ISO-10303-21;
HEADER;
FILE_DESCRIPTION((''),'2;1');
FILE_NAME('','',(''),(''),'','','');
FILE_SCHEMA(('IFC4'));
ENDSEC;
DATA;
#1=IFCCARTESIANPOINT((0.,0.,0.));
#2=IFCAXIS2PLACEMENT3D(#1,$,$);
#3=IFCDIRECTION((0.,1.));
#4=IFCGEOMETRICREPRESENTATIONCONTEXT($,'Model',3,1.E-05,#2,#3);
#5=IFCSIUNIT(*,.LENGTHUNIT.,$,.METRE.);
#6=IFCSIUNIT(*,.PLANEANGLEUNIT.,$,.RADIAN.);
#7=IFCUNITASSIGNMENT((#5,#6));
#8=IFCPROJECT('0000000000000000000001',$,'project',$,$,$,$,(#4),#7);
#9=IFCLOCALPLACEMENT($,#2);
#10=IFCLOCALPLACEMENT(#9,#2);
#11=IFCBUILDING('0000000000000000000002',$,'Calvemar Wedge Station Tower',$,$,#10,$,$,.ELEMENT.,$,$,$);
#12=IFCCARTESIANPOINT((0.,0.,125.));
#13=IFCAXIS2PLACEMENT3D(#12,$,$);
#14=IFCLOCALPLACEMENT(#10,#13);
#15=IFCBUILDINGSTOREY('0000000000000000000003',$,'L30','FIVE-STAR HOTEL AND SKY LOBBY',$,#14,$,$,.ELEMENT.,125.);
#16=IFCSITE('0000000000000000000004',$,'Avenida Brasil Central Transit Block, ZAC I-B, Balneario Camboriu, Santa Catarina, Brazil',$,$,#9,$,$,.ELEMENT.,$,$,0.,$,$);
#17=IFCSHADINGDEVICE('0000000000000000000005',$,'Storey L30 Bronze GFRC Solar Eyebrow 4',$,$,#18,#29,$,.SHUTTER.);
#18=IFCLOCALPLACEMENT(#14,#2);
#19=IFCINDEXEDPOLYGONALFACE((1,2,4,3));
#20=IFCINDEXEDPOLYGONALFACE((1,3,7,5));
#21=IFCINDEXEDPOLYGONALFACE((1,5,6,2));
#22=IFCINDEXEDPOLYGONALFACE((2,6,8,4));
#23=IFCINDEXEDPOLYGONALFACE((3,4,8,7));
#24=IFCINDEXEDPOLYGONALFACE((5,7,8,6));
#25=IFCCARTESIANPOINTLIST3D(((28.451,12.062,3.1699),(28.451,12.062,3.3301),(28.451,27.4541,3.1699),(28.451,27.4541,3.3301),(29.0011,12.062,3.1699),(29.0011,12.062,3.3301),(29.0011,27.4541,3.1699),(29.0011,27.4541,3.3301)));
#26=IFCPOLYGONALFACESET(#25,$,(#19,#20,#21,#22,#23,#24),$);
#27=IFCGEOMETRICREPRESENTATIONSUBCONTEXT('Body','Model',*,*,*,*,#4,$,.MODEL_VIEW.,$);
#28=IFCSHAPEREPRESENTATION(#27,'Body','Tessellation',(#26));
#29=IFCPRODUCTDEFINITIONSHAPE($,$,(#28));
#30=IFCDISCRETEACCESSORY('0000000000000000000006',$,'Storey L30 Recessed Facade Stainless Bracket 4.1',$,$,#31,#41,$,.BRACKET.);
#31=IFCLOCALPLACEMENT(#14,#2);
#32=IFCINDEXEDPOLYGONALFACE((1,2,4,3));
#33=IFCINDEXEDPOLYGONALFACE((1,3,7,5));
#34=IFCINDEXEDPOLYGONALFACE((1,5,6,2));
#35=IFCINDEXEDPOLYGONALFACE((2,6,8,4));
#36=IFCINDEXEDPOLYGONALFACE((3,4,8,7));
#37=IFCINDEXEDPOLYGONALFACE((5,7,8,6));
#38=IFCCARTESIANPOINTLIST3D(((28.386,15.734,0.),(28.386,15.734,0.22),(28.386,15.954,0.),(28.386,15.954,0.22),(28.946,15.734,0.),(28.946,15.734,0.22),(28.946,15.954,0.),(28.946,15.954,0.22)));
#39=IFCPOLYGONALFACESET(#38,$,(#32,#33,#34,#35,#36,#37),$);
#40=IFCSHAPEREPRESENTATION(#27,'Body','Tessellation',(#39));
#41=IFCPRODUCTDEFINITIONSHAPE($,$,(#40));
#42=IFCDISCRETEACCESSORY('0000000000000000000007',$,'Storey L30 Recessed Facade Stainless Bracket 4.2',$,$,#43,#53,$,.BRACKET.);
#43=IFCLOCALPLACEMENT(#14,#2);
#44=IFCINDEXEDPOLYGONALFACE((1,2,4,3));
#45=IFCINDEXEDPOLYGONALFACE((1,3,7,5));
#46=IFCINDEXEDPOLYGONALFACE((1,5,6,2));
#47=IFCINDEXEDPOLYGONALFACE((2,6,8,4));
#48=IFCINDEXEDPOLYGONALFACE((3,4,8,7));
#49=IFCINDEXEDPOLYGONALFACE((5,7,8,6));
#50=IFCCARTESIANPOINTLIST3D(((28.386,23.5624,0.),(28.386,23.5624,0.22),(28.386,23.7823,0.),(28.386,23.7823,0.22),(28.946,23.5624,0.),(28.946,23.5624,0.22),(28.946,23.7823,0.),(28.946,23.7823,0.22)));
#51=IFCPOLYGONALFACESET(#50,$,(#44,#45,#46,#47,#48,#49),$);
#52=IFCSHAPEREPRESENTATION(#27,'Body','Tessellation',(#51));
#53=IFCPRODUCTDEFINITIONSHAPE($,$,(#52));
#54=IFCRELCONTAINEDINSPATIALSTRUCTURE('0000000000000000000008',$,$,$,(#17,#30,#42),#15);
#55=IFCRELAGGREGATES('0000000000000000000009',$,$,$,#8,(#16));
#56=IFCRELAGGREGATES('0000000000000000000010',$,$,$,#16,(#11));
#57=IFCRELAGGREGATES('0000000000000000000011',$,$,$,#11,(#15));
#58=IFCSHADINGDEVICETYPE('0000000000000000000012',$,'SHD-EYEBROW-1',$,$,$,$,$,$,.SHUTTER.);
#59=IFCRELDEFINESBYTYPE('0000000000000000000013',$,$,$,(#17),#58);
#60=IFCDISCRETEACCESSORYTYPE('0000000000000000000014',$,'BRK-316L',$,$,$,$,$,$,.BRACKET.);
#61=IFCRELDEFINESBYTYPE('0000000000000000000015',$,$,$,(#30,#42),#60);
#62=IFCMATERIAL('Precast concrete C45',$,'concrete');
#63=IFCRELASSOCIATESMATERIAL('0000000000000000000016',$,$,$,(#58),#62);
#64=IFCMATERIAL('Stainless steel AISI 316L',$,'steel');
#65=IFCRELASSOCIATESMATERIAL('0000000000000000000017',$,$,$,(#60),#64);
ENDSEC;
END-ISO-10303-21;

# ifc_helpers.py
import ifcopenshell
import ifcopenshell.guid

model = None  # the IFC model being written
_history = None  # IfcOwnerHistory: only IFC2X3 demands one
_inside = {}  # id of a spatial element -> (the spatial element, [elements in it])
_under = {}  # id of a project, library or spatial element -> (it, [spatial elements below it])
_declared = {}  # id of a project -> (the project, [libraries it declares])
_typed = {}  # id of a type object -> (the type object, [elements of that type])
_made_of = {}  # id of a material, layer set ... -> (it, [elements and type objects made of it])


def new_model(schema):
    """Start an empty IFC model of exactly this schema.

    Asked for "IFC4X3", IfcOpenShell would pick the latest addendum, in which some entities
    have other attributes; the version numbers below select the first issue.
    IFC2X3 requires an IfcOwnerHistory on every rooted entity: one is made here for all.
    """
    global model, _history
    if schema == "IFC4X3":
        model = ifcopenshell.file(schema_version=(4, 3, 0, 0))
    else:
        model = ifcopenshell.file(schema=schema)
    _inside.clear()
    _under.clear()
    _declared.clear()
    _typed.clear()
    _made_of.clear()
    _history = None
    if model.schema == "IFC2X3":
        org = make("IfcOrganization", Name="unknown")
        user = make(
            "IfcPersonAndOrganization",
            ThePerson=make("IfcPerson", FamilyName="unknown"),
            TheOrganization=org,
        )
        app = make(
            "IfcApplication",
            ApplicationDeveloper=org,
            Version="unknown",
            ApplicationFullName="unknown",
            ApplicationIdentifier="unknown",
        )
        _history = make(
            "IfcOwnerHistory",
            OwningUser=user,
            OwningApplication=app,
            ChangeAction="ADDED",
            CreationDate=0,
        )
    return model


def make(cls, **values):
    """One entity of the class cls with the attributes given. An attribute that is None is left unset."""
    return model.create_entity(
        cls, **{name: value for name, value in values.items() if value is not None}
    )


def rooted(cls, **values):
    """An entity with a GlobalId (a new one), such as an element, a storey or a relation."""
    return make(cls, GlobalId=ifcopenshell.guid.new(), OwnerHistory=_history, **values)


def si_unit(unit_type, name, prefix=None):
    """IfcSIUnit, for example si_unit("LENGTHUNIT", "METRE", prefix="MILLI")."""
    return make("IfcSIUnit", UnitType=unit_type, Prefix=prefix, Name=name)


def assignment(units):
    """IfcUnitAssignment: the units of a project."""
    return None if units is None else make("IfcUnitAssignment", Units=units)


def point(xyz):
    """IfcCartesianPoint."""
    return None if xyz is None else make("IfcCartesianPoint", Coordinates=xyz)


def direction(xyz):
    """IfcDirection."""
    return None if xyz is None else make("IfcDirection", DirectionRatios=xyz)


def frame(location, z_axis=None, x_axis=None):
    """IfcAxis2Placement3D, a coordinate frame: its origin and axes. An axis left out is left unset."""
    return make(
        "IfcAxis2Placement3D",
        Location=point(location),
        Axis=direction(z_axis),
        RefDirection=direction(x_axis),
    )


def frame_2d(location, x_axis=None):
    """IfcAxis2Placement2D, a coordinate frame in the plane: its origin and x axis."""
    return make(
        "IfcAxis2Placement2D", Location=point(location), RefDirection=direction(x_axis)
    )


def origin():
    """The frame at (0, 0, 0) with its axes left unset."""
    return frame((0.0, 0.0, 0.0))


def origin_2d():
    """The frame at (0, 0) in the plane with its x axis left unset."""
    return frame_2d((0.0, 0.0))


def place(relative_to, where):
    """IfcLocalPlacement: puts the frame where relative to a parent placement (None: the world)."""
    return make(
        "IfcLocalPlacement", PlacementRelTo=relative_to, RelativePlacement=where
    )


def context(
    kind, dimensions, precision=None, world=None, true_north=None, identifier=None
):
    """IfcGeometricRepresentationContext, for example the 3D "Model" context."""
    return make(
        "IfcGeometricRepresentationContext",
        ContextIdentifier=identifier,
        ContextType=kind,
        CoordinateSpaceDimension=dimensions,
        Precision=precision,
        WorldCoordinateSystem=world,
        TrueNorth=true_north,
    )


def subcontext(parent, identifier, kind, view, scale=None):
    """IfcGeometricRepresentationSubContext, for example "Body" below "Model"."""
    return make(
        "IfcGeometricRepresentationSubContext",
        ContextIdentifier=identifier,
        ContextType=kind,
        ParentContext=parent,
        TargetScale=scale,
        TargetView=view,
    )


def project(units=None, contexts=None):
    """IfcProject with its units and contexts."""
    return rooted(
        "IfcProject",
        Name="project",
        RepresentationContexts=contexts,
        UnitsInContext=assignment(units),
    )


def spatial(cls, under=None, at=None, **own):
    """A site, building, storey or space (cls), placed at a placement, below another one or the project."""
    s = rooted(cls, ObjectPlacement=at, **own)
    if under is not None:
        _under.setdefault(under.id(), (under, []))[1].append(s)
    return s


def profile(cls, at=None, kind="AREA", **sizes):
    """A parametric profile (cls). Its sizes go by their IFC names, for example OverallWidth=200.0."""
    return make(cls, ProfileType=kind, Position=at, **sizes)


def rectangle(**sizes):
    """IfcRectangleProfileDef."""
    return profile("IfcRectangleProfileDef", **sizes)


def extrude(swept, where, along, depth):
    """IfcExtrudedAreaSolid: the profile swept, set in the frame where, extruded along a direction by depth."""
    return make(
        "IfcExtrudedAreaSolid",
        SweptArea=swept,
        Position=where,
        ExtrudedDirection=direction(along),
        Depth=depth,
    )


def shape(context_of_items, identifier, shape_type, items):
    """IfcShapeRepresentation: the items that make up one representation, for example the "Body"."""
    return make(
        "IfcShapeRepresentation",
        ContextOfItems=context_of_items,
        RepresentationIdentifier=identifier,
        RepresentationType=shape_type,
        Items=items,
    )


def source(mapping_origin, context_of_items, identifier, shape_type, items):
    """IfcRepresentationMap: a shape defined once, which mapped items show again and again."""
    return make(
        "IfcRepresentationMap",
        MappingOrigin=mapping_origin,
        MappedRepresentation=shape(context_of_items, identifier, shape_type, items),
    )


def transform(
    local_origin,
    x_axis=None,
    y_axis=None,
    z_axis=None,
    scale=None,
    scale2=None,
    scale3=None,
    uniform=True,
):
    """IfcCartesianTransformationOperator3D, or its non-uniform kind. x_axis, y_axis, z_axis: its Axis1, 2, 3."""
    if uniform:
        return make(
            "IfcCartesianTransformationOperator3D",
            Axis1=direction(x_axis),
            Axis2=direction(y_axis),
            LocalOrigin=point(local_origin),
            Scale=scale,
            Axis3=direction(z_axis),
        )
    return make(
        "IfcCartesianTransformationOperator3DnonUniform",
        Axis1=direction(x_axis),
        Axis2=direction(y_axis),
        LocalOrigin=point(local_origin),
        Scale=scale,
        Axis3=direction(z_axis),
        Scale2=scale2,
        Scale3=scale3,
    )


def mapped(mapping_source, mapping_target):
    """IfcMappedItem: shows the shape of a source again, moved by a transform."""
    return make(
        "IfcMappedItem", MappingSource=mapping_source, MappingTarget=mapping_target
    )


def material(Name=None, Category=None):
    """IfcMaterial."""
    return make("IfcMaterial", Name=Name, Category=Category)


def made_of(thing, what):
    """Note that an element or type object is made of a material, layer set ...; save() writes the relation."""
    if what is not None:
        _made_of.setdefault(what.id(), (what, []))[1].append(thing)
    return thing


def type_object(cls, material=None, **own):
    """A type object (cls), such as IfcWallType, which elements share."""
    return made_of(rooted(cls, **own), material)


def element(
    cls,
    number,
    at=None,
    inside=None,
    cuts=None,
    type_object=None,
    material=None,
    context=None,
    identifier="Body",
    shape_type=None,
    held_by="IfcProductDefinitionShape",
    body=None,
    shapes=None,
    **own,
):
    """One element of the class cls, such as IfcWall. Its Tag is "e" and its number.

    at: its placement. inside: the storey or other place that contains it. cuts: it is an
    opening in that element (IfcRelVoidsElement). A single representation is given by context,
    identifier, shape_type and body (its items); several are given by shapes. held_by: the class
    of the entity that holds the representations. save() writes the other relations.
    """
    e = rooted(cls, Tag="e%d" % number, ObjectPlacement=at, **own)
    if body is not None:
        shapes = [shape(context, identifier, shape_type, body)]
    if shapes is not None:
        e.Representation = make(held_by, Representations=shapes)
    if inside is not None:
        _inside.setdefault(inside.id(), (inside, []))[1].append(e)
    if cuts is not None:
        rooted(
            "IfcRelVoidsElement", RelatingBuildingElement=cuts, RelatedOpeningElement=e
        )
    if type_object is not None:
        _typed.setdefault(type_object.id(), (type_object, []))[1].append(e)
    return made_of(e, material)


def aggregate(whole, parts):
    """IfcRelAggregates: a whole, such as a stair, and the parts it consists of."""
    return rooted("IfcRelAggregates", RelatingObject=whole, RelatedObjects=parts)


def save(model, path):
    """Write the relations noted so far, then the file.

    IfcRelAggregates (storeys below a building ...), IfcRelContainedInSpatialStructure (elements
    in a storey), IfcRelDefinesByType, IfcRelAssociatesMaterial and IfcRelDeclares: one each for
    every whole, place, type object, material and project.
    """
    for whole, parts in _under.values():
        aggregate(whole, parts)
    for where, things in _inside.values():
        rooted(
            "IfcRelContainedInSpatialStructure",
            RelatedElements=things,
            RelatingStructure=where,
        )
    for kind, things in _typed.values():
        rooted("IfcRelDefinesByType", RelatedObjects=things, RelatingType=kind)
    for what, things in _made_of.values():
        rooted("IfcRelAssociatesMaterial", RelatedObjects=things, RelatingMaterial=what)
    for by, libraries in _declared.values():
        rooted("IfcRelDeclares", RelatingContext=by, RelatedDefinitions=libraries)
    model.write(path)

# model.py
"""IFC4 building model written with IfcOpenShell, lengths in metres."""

from ifc_helpers import new_model, si_unit, direction, frame, frame_2d, origin, origin_2d, place, context, subcontext, project, spatial, rectangle, extrude, source, transform, mapped, material, type_object, element, save


model = new_model("IFC4")

# Units and contexts
model_context = context("Model", 3, precision=1e-05, world=origin(), true_north=direction((0.0, 1.0)))
body_context = subcontext(model_context, "Body", "Model", "MODEL_VIEW")
ifc_project = project(units=[si_unit("LENGTHUNIT", "METRE"), si_unit("PLANEANGLEUNIT", "RADIAN")], contexts=[model_context])

# Site, building, storey
site_placement = place(None, origin())
site = spatial("IfcSite", under=ifc_project, at=site_placement, Name="Avenida Brasil Central Transit Block, ZAC I-B, Balneario Camboriu, Santa Catarina, Brazil", CompositionType="ELEMENT", RefElevation=0.0)
building_placement = place(site_placement, origin())
building = spatial("IfcBuilding", under=site, at=building_placement, Name="Calvemar Wedge Station Tower", CompositionType="ELEMENT")
storey_placement = place(building_placement, frame((0.0, 0.0, 125.0)))
storey = spatial("IfcBuildingStorey", under=building, at=storey_placement, Name="L30", Description="FIVE-STAR HOTEL AND SKY LOBBY", CompositionType="ELEMENT", Elevation=125.0)

# Shared definitions
ifc_material_1 = material(Name="Precast concrete C45", Category="concrete")

# Shading device
shading_device_type = type_object("IfcShadingDeviceType", Name="SHD-EYEBROW-1", PredefinedType="SHUTTER", material=ifc_material_1)
shading_device_placement = place(storey_placement, frame((28.7261, 12.062, 3.1699), z_axis=(0.0, 0.0, 1.0), x_axis=(0.0, 1.0, 0.0)))
element("IfcShadingDevice", 1, at=shading_device_placement, inside=storey, type_object=shading_device_type, Name="Storey L30 Bronze GFRC Solar Eyebrow 4", PredefinedType="SHUTTER", context=body_context, shape_type="SweptSolid", body=[
    extrude(rectangle(XDim=15.3921, YDim=0.55, at=frame_2d((7.696, 0.0))), origin(), (0.0, 0.0, 1.0), 0.1602),
])

# Discrete accessories
ifc_material_2 = material(Name="Stainless steel AISI 316L", Category="steel")
discrete_accessory_type = type_object("IfcDiscreteAccessoryType", Name="BRK-316L", PredefinedType="BRACKET", material=ifc_material_2)
shared_shape_1 = source(origin(), body_context, "Body", "SweptSolid", [
    extrude(rectangle(XDim=0.22, YDim=0.5601, at=origin_2d()), origin(), (0.0, 0.0, 1.0), 0.22),
])
for number, where, z_axis, x_axis, name in (
    (2, (28.666, 15.844, 0.0), (0.0, 0.0, 1.0), (0.0, 1.0, 0.0), "Storey L30 Recessed Facade Stainless Bracket 4.1"),
    (3, (28.666, 23.6724, 0.0), (0.0, 0.0, 1.0), (0.0, 1.0, 0.0), "Storey L30 Recessed Facade Stainless Bracket 4.2"),
):
    element("IfcDiscreteAccessory", number, at=place(storey_placement, frame(where, z_axis=z_axis, x_axis=x_axis)), inside=storey, type_object=discrete_accessory_type, Name=name, PredefinedType="BRACKET", context=body_context, shape_type="MappedRepresentation", body=[
        mapped(shared_shape_1, transform((0.0, 0.0, 0.0), scale=1.0)),
    ])

save(model, "model.ifc")
